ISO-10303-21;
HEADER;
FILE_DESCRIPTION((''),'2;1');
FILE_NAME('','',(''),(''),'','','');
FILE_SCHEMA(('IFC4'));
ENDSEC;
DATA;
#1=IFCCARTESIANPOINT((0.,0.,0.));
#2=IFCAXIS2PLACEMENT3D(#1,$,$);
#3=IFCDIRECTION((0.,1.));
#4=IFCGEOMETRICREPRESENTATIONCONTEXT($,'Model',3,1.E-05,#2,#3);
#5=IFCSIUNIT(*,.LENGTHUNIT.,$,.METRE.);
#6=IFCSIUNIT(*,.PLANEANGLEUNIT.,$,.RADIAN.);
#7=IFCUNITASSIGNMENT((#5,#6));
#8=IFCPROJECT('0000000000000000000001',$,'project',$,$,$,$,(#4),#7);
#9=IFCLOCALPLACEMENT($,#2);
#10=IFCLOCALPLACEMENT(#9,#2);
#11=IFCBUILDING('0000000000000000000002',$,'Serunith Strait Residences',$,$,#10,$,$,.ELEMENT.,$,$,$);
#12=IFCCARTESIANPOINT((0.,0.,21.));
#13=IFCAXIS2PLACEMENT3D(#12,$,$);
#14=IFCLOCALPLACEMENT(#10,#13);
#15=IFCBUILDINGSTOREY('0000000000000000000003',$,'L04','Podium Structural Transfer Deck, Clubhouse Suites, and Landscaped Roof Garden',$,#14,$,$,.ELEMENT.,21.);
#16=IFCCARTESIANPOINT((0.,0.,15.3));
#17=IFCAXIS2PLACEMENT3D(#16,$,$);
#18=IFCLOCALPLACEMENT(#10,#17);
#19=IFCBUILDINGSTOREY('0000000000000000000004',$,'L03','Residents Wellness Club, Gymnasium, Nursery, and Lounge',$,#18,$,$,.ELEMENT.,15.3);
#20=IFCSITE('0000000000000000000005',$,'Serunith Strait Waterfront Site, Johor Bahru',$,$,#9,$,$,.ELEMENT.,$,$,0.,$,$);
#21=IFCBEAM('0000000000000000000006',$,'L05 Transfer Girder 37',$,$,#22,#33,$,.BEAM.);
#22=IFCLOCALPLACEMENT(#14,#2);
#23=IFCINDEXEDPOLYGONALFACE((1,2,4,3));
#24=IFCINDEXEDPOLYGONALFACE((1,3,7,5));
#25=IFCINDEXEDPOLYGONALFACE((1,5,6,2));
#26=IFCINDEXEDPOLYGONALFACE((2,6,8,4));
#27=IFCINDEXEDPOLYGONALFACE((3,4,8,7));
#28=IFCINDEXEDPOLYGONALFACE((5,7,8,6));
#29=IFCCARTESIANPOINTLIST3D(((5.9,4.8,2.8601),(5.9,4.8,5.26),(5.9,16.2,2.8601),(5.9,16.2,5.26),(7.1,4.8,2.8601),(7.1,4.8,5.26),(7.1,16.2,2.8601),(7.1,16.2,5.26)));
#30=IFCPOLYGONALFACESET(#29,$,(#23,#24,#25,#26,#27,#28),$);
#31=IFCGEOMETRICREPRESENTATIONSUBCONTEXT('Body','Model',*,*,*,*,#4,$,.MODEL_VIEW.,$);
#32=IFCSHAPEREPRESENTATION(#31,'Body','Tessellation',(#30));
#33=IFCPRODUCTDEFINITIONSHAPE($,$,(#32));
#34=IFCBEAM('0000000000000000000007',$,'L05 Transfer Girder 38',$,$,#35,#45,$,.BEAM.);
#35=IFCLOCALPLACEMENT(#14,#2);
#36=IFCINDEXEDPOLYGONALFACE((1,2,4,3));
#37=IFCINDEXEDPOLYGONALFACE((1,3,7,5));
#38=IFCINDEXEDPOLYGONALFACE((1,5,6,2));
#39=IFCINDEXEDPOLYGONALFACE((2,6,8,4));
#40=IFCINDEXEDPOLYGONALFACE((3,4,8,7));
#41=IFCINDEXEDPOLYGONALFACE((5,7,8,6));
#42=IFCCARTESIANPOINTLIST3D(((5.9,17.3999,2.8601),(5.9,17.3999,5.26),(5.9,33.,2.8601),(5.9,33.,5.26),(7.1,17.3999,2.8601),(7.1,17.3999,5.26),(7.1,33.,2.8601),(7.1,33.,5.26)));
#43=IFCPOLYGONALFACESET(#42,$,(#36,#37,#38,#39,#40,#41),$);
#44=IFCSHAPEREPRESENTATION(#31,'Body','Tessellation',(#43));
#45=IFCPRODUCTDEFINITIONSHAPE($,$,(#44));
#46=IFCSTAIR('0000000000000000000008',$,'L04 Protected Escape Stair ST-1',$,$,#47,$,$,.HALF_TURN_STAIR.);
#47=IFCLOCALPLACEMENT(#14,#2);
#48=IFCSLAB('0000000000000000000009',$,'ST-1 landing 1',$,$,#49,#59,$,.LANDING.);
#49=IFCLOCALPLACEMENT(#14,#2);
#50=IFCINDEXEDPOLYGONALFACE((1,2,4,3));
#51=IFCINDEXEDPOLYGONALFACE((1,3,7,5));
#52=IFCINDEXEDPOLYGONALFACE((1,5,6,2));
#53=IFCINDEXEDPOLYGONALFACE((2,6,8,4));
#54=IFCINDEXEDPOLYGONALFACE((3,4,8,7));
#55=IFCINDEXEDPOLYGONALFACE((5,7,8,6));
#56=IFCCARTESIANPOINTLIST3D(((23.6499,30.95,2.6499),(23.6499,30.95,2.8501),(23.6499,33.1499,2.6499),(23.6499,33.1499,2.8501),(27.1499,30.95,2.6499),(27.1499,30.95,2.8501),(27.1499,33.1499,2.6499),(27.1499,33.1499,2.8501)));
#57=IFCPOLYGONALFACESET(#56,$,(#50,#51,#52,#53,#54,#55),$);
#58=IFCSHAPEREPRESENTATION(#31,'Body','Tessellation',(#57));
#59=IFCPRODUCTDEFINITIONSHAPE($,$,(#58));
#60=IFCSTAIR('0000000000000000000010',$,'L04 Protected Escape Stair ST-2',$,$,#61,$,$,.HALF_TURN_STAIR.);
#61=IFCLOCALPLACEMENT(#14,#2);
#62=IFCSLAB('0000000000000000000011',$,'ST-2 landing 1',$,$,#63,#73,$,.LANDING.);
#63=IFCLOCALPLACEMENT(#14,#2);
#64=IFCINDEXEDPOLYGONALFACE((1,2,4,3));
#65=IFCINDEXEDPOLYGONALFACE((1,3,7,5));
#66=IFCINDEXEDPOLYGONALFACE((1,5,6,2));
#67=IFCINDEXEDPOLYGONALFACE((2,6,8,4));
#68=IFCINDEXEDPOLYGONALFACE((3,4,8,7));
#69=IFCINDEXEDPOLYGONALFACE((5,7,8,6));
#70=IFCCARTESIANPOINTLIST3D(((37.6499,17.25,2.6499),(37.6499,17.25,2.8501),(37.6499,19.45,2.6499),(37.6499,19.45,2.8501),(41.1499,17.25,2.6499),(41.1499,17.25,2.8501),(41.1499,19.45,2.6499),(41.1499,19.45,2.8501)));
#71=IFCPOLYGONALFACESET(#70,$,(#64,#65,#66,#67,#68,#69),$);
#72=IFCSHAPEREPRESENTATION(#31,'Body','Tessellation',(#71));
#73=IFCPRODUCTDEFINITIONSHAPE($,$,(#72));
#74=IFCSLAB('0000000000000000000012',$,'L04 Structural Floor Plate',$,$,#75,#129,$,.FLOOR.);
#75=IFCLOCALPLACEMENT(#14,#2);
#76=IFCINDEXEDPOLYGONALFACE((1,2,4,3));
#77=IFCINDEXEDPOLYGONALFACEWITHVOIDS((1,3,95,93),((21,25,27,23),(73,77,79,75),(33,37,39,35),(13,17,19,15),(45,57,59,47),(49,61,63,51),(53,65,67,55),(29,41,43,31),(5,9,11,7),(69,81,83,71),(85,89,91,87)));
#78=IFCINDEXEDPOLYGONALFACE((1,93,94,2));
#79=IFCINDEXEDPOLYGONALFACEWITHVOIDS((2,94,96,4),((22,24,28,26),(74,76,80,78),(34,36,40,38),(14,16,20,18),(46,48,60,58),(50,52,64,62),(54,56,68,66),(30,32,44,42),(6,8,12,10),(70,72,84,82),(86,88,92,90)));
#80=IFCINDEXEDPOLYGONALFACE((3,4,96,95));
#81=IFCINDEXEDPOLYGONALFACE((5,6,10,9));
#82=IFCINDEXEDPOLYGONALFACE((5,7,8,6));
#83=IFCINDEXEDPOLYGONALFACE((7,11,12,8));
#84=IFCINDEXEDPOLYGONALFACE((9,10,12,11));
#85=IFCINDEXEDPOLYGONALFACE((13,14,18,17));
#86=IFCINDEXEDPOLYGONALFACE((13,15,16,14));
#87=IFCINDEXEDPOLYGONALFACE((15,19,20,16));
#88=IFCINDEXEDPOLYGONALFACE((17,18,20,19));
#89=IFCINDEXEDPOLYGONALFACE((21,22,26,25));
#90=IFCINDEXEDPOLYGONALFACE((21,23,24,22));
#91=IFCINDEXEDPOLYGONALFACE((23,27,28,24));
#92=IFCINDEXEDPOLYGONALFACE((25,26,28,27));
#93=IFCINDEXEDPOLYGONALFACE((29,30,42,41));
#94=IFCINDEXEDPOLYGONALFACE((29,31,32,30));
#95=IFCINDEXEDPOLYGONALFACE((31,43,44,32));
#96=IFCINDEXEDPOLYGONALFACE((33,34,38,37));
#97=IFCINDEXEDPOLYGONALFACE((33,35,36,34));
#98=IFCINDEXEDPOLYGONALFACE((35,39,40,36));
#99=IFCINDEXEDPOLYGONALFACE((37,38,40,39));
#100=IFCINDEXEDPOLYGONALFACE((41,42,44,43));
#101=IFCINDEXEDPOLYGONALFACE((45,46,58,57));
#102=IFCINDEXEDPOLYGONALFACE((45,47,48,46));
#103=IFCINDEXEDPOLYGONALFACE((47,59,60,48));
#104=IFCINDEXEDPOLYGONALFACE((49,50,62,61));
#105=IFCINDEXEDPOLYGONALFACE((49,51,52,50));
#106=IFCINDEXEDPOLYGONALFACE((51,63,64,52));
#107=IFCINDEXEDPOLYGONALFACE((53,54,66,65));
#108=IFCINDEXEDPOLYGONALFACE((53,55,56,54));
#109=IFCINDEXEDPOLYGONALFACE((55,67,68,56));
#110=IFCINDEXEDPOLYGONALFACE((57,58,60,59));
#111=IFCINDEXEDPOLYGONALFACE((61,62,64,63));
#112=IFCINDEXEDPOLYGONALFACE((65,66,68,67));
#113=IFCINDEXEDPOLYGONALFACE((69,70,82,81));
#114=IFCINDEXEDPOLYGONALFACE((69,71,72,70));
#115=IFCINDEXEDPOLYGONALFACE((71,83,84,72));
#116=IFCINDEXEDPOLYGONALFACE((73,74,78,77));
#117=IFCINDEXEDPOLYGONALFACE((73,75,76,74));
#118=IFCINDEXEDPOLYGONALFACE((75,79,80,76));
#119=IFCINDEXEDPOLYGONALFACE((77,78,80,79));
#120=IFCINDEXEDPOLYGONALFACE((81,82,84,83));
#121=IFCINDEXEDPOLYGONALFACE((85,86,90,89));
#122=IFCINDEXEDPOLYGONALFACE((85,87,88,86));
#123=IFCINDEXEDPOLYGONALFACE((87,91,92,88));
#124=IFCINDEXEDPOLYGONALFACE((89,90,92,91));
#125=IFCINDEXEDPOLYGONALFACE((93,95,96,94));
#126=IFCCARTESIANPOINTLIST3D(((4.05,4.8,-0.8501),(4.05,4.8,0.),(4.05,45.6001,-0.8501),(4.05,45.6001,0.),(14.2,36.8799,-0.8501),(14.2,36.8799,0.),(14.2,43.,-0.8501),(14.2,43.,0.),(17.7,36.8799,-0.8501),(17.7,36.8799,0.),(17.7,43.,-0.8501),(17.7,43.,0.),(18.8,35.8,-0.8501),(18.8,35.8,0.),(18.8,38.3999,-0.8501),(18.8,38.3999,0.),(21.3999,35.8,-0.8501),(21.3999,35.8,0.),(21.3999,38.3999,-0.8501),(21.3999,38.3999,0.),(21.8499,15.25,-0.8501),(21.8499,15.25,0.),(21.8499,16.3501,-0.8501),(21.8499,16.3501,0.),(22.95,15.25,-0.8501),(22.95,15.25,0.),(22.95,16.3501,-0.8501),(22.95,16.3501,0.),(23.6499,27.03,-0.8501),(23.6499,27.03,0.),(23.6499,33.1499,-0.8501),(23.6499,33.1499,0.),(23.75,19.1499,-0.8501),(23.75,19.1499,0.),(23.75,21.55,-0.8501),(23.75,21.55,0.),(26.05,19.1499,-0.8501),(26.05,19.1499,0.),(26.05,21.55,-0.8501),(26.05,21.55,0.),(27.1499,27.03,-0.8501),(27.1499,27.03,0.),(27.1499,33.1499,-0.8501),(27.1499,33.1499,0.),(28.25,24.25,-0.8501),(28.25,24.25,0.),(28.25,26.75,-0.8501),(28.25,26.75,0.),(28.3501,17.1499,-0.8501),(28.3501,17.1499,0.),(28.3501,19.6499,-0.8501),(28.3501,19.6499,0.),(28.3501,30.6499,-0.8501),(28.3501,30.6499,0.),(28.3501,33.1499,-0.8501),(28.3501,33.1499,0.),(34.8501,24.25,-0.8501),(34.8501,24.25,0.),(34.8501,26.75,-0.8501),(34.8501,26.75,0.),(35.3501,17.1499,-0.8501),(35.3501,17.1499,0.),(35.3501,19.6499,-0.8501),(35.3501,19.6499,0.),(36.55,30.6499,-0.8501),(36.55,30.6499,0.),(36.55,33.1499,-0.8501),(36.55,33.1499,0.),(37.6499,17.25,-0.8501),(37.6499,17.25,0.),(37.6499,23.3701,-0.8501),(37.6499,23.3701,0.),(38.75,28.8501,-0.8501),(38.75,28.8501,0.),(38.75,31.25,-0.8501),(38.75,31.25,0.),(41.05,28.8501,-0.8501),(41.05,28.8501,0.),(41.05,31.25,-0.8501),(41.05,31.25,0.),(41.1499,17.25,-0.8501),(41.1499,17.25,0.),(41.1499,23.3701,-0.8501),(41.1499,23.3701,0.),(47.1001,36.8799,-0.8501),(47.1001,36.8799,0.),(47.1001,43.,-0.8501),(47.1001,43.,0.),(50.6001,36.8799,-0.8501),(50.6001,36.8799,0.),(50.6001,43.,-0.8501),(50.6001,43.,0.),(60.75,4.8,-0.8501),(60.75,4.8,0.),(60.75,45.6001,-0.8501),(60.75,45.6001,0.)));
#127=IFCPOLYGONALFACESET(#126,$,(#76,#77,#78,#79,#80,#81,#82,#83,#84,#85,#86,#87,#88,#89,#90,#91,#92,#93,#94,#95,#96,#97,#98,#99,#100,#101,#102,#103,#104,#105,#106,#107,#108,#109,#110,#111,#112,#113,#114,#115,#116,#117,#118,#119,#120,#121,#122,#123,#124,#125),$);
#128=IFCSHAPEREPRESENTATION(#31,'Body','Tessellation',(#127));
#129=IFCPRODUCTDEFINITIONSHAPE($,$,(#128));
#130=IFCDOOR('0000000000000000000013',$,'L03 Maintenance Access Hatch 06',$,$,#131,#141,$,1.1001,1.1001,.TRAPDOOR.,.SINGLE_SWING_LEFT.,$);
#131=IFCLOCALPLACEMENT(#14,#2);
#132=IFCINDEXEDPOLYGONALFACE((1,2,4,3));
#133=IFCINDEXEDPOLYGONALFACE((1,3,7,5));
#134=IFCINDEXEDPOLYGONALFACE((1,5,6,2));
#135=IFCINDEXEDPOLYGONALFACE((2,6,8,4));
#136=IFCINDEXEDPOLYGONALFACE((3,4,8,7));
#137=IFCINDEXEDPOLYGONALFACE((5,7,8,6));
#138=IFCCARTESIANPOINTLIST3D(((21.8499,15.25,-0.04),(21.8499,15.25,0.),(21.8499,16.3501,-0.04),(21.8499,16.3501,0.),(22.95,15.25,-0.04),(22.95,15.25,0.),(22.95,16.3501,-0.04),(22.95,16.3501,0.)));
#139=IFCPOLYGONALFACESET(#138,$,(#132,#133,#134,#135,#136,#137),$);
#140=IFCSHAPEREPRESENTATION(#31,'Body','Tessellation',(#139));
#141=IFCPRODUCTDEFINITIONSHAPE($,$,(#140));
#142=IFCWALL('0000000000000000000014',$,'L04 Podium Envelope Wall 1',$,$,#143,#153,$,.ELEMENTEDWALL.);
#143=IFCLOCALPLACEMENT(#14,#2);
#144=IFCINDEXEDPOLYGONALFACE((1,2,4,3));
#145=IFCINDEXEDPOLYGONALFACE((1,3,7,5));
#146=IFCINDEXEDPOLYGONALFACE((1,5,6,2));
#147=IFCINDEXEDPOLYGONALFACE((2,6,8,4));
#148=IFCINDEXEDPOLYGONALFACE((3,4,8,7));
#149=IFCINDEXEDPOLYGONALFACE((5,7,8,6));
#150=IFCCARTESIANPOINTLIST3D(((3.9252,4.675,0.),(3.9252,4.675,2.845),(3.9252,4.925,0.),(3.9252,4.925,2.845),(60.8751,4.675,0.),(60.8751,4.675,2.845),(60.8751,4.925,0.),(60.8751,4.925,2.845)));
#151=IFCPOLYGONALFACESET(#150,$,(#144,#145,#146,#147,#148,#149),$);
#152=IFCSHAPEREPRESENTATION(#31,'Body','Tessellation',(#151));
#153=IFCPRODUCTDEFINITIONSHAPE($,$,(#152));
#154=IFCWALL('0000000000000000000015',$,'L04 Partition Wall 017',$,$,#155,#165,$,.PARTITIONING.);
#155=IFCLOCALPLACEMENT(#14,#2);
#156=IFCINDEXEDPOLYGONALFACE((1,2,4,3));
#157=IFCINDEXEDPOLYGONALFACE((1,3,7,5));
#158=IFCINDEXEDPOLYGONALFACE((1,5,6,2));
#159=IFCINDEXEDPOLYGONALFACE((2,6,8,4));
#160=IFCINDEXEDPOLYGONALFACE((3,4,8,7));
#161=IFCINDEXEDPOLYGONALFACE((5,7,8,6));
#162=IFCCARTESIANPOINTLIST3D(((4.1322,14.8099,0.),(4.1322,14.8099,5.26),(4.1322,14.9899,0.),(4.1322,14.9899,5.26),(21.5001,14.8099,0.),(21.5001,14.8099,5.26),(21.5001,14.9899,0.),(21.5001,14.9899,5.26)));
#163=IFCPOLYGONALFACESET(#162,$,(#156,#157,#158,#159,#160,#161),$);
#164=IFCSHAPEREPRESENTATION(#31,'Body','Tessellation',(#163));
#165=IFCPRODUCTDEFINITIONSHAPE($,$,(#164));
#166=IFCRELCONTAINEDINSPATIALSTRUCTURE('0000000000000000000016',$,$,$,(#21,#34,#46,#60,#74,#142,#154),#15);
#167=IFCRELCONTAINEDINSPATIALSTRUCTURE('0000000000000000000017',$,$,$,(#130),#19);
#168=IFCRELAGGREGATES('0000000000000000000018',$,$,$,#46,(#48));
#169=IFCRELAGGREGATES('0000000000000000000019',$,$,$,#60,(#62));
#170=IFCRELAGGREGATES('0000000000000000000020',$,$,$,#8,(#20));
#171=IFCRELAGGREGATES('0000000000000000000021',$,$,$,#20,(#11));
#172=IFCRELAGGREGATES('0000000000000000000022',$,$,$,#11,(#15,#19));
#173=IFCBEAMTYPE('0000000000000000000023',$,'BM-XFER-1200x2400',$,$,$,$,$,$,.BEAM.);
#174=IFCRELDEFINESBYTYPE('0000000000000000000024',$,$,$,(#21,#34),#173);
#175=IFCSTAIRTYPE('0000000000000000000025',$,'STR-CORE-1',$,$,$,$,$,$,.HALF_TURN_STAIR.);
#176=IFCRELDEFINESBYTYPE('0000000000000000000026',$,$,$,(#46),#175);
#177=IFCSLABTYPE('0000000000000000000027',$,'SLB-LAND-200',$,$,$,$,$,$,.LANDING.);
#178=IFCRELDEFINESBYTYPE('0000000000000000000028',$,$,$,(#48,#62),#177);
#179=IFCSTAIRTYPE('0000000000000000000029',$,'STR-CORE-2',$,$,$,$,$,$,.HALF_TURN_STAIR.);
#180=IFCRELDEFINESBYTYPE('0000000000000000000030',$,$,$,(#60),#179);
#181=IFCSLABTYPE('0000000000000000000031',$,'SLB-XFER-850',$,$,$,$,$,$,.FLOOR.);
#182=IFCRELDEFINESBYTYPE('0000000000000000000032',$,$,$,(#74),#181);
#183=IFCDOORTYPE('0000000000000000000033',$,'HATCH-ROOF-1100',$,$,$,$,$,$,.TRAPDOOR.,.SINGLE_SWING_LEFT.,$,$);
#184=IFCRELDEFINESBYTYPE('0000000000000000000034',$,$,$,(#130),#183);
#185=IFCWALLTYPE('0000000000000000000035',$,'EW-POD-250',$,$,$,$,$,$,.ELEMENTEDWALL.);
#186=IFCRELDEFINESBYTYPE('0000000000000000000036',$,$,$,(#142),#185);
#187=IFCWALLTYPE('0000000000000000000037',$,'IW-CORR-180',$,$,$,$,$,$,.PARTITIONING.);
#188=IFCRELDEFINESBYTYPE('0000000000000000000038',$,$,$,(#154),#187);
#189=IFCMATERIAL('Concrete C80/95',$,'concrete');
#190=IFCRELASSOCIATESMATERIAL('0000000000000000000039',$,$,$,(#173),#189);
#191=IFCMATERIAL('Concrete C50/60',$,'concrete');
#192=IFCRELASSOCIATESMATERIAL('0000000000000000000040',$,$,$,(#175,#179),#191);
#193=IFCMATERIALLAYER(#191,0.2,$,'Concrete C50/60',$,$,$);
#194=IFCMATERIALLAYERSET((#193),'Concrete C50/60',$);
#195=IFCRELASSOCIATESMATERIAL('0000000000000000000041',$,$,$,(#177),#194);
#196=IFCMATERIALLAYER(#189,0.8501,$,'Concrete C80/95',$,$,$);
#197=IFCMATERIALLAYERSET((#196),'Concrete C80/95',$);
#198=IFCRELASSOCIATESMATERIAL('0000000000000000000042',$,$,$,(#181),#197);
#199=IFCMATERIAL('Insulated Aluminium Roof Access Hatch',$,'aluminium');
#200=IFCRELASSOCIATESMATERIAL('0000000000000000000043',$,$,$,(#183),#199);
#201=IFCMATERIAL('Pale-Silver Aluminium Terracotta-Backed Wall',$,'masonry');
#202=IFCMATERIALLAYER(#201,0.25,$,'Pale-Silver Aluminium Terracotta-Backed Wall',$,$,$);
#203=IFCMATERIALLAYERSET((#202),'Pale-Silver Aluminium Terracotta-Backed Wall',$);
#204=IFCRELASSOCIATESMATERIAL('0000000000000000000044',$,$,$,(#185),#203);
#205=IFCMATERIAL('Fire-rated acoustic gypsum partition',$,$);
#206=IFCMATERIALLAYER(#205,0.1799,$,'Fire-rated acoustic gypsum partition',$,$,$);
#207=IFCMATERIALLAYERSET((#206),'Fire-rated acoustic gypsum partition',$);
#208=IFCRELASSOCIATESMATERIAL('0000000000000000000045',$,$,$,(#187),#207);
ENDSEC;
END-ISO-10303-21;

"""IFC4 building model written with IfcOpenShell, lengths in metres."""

from ifc_helpers import new_model, si_unit, direction, frame, frame_2d, origin, origin_2d, place, context, subcontext, project, spatial, polyline, rectangle, outline, extrude, source, transform, mapped, material, layer, layer_set, material_profile, profile_set, type_object, element, fill, aggregate, save


model = new_model("IFC4")

# Units and contexts
model_context = context("Model", 3, precision=1e-05, world=origin(), true_north=direction((0.0, 1.0)))
body_context = subcontext(model_context, "Body", "Model", "MODEL_VIEW")
ifc_project = project(units=[si_unit("LENGTHUNIT", "METRE"), si_unit("PLANEANGLEUNIT", "RADIAN")], contexts=[model_context])

# Site, building, storey
site_placement = place(None, origin())
site = spatial("IfcSite", under=ifc_project, at=site_placement, Name="Serunith Strait Waterfront Site, Johor Bahru", CompositionType="ELEMENT", RefElevation=0.0)
building_placement = place(site_placement, origin())
building = spatial("IfcBuilding", under=site, at=building_placement, Name="Serunith Strait Residences", CompositionType="ELEMENT")
storey_1_placement = place(building_placement, frame((0.0, 0.0, 21.0)))
storey_1 = spatial("IfcBuildingStorey", under=building, at=storey_1_placement, Name="L04", Description="Podium Structural Transfer Deck, Clubhouse Suites, and Landscaped Roof Garden", CompositionType="ELEMENT", Elevation=21.0)

# Beams
ifc_material_1 = material(Name="Concrete C80/95", Category="concrete")
ifc_material_profile_1 = material_profile(ifc_material_1, rectangle(XDim=1.2, YDim=2.3999, at=origin_2d()), Name="RC 1200x2400")
ifc_profile_set_1 = profile_set([ifc_material_profile_1], Name="Concrete C80/95")
beam_type = type_object("IfcBeamType", Name="BM-XFER-1200x2400", PredefinedType="BEAM", material=ifc_profile_set_1)
shared_shape_1 = source(origin(), body_context, "Body", "SweptSolid", [
    extrude(rectangle(XDim=1.2, YDim=2.3999, at=origin_2d()), origin(), (0.0, 0.0, 1.0), 11.3999),
])
beam_1_placement = place(storey_1_placement, frame((6.5, 4.8, 4.0601), z_axis=(0.0, 1.0, 0.0), x_axis=(-1.0, 0.0, 0.0)))
element("IfcBeam", 1, at=beam_1_placement, inside=storey_1, type_object=beam_type, Name="L05 Transfer Girder 37", PredefinedType="BEAM", context=body_context, shape_type="MappedRepresentation", body=[
    mapped(shared_shape_1, transform((0.0, 0.0, 0.0), scale=1.0)),
])
shared_shape_2 = source(origin(), body_context, "Body", "SweptSolid", [
    extrude(rectangle(XDim=1.2, YDim=2.3999, at=origin_2d()), origin(), (0.0, 0.0, 1.0), 15.6001),
])
beam_2_placement = place(storey_1_placement, frame((6.5, 17.3999, 4.0601), z_axis=(0.0, 1.0, 0.0), x_axis=(-1.0, 0.0, 0.0)))
element("IfcBeam", 2, at=beam_2_placement, inside=storey_1, type_object=beam_type, Name="L05 Transfer Girder 38", PredefinedType="BEAM", context=body_context, shape_type="MappedRepresentation", body=[
    mapped(shared_shape_2, transform((0.0, 0.0, 0.0), scale=1.0)),
])

# Stairs, slabs
ifc_material_2 = material(Name="Concrete C50/60", Category="concrete")
stair_type_1 = type_object("IfcStairType", Name="STR-CORE-1", PredefinedType="HALF_TURN_STAIR", material=ifc_material_2)
stair_1_placement = place(storey_1_placement, origin())
stair_1 = element("IfcStair", 3, at=stair_1_placement, inside=storey_1, type_object=stair_type_1, Name="L04 Protected Escape Stair ST-1", PredefinedType="HALF_TURN_STAIR")
ifc_layer_1 = layer(ifc_material_2, 0.2, Name="Concrete C50/60")
ifc_layer_set_1 = layer_set([ifc_layer_1], Name="Concrete C50/60")
slab_type_1 = type_object("IfcSlabType", Name="SLB-LAND-200", PredefinedType="LANDING", material=ifc_layer_set_1)
slab_1_placement = place(storey_1_placement, frame((0.0, 0.0, 2.6499)))
slab_1 = element("IfcSlab", 4, at=slab_1_placement, type_object=slab_type_1, Name="ST-1 landing 1", PredefinedType="LANDING", context=body_context, shape_type="SweptSolid", body=[
    extrude(outline(polyline([(27.1499, 30.95), (27.1499, 33.1499), (23.6499, 33.1499), (23.6499, 30.95), (27.1499, 30.95)])), origin(), (0.0, 0.0, 1.0), 0.2002),
])
aggregate(stair_1, [slab_1])
stair_type_2 = type_object("IfcStairType", Name="STR-CORE-2", PredefinedType="HALF_TURN_STAIR", material=ifc_material_2)
stair_2_placement = place(storey_1_placement, origin())
stair_2 = element("IfcStair", 5, at=stair_2_placement, inside=storey_1, type_object=stair_type_2, Name="L04 Protected Escape Stair ST-2", PredefinedType="HALF_TURN_STAIR")
slab_2_placement = place(storey_1_placement, frame((0.0, 0.0, 2.6499)))
slab_2 = element("IfcSlab", 6, at=slab_2_placement, type_object=slab_type_1, Name="ST-2 landing 1", PredefinedType="LANDING", context=body_context, shape_type="SweptSolid", body=[
    extrude(outline(polyline([(37.6499, 19.45), (37.6499, 17.25), (41.1499, 17.25), (41.1499, 19.45), (37.6499, 19.45)])), origin(), (0.0, 0.0, 1.0), 0.2002),
])
aggregate(stair_2, [slab_2])

# Slab, opening
ifc_layer_2 = layer(ifc_material_1, 0.8501, Name="Concrete C80/95")
ifc_layer_set_2 = layer_set([ifc_layer_2], Name="Concrete C80/95")
slab_type_2 = type_object("IfcSlabType", Name="SLB-XFER-850", PredefinedType="FLOOR", material=ifc_layer_set_2)
slab_3_placement = place(storey_1_placement, frame((0.0, 0.0, -0.8501)))
slab_3 = element("IfcSlab", 7, at=slab_3_placement, inside=storey_1, type_object=slab_type_2, Name="L04 Structural Floor Plate", PredefinedType="FLOOR", context=body_context, shape_type="SweptSolid", body=[
    extrude(outline(polyline([(4.05, 45.6001), (60.75, 45.6001), (60.75, 4.8), (4.05, 4.8), (4.05, 45.6001)]), holes=[polyline([(50.6001, 43.0), (47.1001, 43.0), (47.1001, 36.8799), (50.6001, 36.8799), (50.6001, 43.0)]), polyline([(41.1499, 17.25), (41.1499, 23.3701), (37.6499, 23.3701), (37.6499, 17.25), (41.1499, 17.25)]), polyline([(41.05, 28.8501), (41.05, 31.25), (38.75, 31.25), (38.75, 28.8501), (41.05, 28.8501)]), polyline([(36.55, 33.1499), (28.3501, 33.1499), (28.3501, 30.6499), (36.55, 30.6499), (36.55, 33.1499)]), polyline([(35.3501, 19.6499), (28.3501, 19.6499), (28.3501, 17.1499), (35.3501, 17.1499), (35.3501, 19.6499)]), polyline([(34.8501, 24.25), (34.8501, 26.75), (28.25, 26.75), (28.25, 24.25), (34.8501, 24.25)]), polyline([(23.6499, 33.1499), (23.6499, 27.03), (27.1499, 27.03), (27.1499, 33.1499), (23.6499, 33.1499)]), polyline([(26.05, 21.55), (23.75, 21.55), (23.75, 19.1499), (26.05, 19.1499), (26.05, 21.55)]), polyline([(21.3999, 38.3999), (18.8, 38.3999), (18.8, 35.8), (21.3999, 35.8), (21.3999, 38.3999)]), polyline([(17.7, 43.0), (14.2, 43.0), (14.2, 36.8799), (17.7, 36.8799), (17.7, 43.0)])]), origin(), (0.0, 0.0, 1.0), 0.8501),
])
opening_1_placement = place(slab_3_placement, frame((22.3999, 15.8, 0.0)))
opening_1 = element("IfcOpeningElement", 8, at=opening_1_placement, cuts=slab_3, PredefinedType="OPENING", context=body_context, shape_type="SweptSolid", body=[
    extrude(rectangle(XDim=1.1001, YDim=1.1001, at=origin_2d()), frame((0.0, 0.0, -0.01)), (0.0, 0.0, 1.0), 0.8701),
])

# Shared definitions
storey_2_placement = place(building_placement, frame((0.0, 0.0, 15.3)))
storey_2 = spatial("IfcBuildingStorey", under=building, at=storey_2_placement, Name="L03", Description="Residents Wellness Club, Gymnasium, Nursery, and Lounge", CompositionType="ELEMENT", Elevation=15.3)

# Door
ifc_material_3 = material(Name="Insulated Aluminium Roof Access Hatch", Category="aluminium")
door_type_1 = type_object("IfcDoorType", Name="HATCH-ROOF-1100", OperationType="SINGLE_SWING_LEFT", PredefinedType="TRAPDOOR", material=ifc_material_3)
door_1_placement = place(opening_1_placement, frame((0.0, 0.0, 0.8101)))
door_1 = element("IfcDoor", 9, at=door_1_placement, inside=storey_2, type_object=door_type_1, Name="L03 Maintenance Access Hatch 06", OperationType="SINGLE_SWING_LEFT", OverallHeight=1.1001, OverallWidth=1.1001, PredefinedType="TRAPDOOR", context=body_context, shape_type="SweptSolid", body=[
    extrude(rectangle(XDim=1.1001, YDim=1.1001, at=origin_2d()), origin(), (0.0, 0.0, 1.0), 0.04),
])
fill(opening_1, door_1)

# Walls
ifc_material_4 = material(Name="Pale-Silver Aluminium Terracotta-Backed Wall", Category="masonry")
ifc_layer_3 = layer(ifc_material_4, 0.25, Name="Pale-Silver Aluminium Terracotta-Backed Wall")
ifc_layer_set_3 = layer_set([ifc_layer_3], Name="Pale-Silver Aluminium Terracotta-Backed Wall")
wall_type_1 = type_object("IfcWallType", Name="EW-POD-250", PredefinedType="ELEMENTEDWALL", material=ifc_layer_set_3)
wall_1_placement = place(storey_1_placement, frame((3.925, 4.8, 0.0), z_axis=(0.0, 0.0, 1.0), x_axis=(1.0, 0.0, 0.0)))
element("IfcWall", 10, at=wall_1_placement, inside=storey_1, type_object=wall_type_1, Name="L04 Podium Envelope Wall 1", PredefinedType="ELEMENTEDWALL", context=body_context, shape_type="SweptSolid", body=[
    extrude(rectangle(XDim=56.95, YDim=0.25, at=frame_2d((28.4751, 0.0))), origin(), (0.0, 0.0, 1.0), 2.845),
])
ifc_material_5 = material(Name="Fire-rated acoustic gypsum partition")
ifc_layer_4 = layer(ifc_material_5, 0.1799, Name="Fire-rated acoustic gypsum partition")
ifc_layer_set_4 = layer_set([ifc_layer_4], Name="Fire-rated acoustic gypsum partition")
wall_type_2 = type_object("IfcWallType", Name="IW-CORR-180", PredefinedType="PARTITIONING", material=ifc_layer_set_4)
wall_2_placement = place(storey_1_placement, frame((4.1321, 14.8999, 0.0), z_axis=(0.0, 0.0, 1.0), x_axis=(1.0, 0.0, 0.0)))
element("IfcWall", 11, at=wall_2_placement, inside=storey_1, type_object=wall_type_2, Name="L04 Partition Wall 017", PredefinedType="PARTITIONING", context=body_context, shape_type="SweptSolid", body=[
    extrude(rectangle(XDim=17.3679, YDim=0.1799, at=frame_2d((8.6841, 0.0))), origin(), (0.0, 0.0, 1.0), 5.26),
])

save(model, "model.ifc")
